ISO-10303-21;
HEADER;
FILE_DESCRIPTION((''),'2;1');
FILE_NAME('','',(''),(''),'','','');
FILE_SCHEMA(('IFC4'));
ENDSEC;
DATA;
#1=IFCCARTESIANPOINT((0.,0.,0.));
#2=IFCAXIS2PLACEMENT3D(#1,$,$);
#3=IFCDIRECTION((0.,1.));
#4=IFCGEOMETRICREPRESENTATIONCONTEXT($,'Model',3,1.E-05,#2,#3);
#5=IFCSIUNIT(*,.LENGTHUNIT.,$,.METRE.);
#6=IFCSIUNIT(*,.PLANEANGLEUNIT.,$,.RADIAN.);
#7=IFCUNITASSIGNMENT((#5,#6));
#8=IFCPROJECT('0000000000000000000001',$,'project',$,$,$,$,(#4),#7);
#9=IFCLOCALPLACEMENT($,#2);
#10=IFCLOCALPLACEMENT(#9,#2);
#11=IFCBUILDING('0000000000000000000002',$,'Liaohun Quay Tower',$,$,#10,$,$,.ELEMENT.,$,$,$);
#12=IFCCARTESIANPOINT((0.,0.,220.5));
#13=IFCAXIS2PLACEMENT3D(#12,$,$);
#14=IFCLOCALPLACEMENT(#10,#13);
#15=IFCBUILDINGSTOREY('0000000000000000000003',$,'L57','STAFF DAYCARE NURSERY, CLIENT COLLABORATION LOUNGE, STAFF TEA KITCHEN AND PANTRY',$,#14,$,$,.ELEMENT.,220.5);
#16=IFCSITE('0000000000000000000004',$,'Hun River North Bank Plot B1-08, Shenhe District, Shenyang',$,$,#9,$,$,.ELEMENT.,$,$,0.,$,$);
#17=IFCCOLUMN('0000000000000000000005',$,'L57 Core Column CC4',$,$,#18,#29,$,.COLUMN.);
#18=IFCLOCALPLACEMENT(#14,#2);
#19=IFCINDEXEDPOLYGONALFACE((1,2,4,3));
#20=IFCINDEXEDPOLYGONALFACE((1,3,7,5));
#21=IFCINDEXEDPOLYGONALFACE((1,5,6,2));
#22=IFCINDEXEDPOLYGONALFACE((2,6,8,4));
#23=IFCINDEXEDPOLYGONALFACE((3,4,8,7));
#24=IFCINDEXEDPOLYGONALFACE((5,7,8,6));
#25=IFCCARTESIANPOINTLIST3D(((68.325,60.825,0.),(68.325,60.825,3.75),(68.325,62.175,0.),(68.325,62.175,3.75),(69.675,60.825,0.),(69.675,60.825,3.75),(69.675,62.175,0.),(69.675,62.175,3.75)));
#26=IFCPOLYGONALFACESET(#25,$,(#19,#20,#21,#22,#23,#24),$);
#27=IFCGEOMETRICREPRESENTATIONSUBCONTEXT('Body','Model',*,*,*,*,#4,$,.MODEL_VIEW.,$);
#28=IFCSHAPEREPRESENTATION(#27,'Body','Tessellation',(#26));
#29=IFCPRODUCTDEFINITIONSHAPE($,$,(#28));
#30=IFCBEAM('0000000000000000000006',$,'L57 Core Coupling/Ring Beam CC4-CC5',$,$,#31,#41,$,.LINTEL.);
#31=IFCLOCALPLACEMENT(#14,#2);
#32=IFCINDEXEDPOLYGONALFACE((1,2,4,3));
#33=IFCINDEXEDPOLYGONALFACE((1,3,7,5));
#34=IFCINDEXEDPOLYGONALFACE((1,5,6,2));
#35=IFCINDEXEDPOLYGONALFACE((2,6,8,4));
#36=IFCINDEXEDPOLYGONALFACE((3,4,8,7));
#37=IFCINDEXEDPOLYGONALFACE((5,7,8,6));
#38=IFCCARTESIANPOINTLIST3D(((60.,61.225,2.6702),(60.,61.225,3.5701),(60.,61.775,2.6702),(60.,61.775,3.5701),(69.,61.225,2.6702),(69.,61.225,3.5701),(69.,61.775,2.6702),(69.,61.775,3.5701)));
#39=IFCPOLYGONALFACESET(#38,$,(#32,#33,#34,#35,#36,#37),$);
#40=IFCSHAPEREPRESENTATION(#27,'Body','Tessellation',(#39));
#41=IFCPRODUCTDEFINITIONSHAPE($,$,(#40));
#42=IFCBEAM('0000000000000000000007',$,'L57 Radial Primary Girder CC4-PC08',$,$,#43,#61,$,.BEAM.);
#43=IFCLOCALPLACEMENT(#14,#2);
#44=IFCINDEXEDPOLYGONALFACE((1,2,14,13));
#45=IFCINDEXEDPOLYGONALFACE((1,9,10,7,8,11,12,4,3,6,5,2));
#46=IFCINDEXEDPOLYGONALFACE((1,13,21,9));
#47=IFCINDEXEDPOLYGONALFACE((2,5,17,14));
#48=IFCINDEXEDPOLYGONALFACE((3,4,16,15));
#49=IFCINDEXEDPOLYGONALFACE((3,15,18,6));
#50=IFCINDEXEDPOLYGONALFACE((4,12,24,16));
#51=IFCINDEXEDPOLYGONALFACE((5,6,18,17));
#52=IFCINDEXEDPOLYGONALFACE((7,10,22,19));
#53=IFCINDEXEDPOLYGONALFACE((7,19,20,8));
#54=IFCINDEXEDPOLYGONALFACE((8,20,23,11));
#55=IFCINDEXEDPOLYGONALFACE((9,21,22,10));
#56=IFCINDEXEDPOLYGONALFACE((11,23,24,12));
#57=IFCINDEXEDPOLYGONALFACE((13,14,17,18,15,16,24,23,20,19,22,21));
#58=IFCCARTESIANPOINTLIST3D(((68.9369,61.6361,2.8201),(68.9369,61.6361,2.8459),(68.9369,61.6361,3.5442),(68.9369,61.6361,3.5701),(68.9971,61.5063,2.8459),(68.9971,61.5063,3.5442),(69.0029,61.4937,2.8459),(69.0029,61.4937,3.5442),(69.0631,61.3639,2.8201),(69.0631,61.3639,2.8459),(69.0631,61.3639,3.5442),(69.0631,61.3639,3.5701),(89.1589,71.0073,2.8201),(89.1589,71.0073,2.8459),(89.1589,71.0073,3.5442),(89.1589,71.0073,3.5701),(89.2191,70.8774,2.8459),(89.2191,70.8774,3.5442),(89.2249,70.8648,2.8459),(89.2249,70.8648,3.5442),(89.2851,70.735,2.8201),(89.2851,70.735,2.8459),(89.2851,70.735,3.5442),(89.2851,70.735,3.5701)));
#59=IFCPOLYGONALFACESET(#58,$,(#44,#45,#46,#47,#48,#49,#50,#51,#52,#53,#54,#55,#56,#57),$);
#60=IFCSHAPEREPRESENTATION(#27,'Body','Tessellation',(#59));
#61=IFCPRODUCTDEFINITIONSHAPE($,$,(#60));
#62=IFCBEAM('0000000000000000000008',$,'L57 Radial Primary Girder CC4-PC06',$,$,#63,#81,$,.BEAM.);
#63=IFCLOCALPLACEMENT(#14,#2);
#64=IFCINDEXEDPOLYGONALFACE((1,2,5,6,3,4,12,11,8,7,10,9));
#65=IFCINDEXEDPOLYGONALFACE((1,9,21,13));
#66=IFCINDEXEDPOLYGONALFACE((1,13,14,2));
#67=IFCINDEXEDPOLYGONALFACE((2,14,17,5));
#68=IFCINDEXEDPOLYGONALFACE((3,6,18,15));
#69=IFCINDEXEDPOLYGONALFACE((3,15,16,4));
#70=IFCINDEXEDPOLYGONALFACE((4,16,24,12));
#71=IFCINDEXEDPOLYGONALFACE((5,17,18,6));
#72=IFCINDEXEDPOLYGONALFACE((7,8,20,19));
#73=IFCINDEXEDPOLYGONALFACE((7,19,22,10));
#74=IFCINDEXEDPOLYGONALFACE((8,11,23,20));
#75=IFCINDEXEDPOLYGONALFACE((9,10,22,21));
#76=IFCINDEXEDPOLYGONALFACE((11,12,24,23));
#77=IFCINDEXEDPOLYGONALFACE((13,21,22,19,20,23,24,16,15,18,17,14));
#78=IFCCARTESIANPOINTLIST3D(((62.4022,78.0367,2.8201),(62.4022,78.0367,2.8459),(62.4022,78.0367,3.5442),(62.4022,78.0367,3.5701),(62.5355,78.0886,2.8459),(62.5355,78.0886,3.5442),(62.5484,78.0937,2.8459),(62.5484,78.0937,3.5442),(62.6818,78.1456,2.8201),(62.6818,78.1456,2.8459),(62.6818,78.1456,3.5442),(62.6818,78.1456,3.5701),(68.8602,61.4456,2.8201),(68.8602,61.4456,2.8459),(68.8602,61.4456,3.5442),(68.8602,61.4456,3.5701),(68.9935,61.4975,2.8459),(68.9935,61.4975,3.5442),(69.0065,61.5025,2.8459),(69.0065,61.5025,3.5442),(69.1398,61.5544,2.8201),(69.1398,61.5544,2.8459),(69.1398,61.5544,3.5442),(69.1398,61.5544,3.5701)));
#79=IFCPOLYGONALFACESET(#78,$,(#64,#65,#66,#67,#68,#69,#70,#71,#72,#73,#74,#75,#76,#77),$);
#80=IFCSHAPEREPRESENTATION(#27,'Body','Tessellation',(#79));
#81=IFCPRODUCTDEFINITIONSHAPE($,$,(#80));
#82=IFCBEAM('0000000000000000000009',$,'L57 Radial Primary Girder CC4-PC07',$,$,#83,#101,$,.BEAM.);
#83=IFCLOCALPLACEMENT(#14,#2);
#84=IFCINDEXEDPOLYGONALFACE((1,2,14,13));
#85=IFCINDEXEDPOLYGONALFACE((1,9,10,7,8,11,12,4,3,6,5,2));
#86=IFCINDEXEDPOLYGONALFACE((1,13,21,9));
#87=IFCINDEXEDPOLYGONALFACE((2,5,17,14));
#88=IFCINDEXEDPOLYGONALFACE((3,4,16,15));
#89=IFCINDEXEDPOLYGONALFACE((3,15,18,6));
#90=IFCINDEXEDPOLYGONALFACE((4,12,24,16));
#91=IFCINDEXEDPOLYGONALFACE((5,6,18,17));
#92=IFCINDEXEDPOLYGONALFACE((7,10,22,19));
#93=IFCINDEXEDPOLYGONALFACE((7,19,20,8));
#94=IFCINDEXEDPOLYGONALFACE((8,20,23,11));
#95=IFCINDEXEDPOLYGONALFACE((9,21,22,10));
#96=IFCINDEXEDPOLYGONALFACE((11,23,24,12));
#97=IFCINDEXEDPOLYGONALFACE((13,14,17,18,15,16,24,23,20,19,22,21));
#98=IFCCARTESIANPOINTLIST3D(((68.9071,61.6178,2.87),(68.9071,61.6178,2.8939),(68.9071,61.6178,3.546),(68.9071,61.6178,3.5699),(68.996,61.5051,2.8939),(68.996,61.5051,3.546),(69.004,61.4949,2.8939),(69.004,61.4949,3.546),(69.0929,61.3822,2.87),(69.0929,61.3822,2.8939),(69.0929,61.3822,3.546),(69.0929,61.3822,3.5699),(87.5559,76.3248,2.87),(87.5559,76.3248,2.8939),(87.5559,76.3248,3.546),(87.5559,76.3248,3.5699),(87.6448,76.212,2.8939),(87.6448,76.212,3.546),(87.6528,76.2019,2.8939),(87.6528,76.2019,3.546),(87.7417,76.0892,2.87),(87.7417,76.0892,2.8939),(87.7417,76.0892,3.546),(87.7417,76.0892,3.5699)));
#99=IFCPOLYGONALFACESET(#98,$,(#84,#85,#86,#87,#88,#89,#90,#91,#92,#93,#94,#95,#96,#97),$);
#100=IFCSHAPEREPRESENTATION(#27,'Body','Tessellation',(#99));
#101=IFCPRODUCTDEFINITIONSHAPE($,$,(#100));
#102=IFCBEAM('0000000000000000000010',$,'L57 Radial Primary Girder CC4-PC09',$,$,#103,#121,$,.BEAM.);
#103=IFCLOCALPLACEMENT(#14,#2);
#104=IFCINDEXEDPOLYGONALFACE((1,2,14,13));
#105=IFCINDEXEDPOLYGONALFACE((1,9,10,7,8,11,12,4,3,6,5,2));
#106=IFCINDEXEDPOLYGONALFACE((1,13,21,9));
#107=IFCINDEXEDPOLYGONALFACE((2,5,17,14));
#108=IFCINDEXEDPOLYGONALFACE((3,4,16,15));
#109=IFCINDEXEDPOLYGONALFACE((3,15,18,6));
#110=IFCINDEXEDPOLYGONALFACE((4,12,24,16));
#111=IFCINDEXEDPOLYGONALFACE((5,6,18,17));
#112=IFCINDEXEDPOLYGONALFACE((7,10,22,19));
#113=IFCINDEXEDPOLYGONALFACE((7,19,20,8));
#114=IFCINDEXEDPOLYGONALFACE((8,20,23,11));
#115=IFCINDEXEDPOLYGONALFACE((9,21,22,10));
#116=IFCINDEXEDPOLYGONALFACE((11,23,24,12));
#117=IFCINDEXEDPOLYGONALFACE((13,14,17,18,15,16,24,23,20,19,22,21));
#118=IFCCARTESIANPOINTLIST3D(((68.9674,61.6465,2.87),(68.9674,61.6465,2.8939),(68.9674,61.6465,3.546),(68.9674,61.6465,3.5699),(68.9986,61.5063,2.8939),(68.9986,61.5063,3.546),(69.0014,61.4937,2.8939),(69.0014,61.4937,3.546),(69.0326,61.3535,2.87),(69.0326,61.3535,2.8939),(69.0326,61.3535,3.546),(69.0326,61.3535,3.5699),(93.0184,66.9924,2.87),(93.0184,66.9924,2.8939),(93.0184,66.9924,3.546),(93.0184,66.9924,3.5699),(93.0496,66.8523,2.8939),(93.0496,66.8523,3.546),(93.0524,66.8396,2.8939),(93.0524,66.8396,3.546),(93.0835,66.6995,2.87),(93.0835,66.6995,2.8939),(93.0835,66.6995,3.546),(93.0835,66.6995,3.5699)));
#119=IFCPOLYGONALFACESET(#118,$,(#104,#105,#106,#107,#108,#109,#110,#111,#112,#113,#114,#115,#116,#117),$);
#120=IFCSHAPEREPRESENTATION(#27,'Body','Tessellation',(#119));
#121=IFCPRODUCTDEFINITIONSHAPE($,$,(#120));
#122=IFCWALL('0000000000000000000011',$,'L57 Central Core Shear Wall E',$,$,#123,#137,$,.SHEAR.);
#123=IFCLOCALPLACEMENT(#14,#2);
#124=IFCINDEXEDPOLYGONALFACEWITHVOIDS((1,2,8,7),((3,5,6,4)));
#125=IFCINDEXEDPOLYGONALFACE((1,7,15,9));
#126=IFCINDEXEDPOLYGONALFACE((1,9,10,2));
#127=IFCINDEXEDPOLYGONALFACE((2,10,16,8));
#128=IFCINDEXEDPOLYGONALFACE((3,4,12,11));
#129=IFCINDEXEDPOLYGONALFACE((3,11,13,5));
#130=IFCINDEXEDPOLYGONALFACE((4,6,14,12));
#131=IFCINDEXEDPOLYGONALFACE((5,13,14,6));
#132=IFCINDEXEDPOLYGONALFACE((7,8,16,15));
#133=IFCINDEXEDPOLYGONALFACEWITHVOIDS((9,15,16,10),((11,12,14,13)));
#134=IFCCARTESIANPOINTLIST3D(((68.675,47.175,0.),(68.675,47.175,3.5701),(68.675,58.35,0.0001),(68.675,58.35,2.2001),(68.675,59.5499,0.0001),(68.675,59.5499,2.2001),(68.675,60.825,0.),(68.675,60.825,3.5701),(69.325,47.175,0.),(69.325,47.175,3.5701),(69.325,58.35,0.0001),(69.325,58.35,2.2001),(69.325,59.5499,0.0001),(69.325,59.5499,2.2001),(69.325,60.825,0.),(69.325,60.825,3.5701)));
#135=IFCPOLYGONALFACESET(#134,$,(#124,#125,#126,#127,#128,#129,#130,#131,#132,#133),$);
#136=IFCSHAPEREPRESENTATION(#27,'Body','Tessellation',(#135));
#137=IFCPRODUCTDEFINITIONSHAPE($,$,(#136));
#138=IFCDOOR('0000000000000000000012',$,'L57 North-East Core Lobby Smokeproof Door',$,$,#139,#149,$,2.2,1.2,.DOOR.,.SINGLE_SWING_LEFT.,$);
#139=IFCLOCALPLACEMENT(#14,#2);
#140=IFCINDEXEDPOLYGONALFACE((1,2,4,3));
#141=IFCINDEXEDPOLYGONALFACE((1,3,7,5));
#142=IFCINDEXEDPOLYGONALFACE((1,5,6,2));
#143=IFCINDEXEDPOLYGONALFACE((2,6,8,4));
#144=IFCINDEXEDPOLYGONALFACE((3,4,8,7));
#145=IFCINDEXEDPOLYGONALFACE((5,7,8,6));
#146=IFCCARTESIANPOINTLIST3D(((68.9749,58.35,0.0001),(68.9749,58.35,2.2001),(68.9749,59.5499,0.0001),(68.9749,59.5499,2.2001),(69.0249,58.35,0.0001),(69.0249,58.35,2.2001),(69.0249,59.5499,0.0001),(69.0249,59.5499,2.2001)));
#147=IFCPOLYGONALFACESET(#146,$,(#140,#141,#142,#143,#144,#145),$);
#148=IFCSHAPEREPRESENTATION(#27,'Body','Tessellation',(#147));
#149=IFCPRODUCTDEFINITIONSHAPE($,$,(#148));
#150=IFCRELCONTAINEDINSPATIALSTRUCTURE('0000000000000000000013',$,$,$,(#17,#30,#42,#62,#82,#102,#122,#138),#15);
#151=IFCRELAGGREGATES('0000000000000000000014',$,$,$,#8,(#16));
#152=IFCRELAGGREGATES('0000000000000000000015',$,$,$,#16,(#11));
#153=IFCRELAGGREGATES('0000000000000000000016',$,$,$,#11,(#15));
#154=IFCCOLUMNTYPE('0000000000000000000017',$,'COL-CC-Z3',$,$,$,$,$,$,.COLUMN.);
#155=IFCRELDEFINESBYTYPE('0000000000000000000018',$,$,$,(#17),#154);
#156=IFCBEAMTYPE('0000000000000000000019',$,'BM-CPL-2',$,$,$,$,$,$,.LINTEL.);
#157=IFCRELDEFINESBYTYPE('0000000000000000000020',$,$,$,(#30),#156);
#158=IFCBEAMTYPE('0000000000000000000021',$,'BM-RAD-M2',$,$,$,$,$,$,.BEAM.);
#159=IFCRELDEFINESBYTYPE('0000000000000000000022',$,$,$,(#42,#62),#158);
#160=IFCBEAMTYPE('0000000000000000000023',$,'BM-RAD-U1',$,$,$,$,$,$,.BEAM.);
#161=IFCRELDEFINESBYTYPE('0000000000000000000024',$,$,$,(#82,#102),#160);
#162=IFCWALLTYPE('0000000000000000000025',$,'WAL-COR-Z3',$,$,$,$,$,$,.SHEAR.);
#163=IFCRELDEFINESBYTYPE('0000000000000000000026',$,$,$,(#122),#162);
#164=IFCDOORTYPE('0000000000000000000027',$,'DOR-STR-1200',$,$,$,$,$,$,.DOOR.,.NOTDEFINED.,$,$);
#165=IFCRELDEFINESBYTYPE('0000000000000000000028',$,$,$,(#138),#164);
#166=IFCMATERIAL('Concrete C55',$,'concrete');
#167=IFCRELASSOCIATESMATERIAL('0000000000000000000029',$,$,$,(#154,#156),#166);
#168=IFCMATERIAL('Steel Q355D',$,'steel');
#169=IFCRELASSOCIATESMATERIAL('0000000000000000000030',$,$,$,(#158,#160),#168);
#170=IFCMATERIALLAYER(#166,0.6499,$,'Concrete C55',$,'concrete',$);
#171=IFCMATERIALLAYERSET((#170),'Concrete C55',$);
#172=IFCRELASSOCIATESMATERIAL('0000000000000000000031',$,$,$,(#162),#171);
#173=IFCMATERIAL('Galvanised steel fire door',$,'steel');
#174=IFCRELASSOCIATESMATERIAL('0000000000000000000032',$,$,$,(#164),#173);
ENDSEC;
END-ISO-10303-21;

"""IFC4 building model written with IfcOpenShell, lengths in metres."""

from ifc_helpers import new_model, si_unit, direction, frame, frame_2d, origin, origin_2d, place, context, subcontext, project, spatial, rectangle, i_section, extrude, source, transform, mapped, material, layer, layer_set, material_profile, profile_set, type_object, element, fill, save


model = new_model("IFC4")

# Units and contexts
model_context = context("Model", 3, precision=1e-05, world=origin(), true_north=direction((0.0, 1.0)))
body_context = subcontext(model_context, "Body", "Model", "MODEL_VIEW")
ifc_project = project(units=[si_unit("LENGTHUNIT", "METRE"), si_unit("PLANEANGLEUNIT", "RADIAN")], contexts=[model_context])

# Site, building, storey
site_placement = place(None, origin())
site = spatial("IfcSite", under=ifc_project, at=site_placement, Name="Hun River North Bank Plot B1-08, Shenhe District, Shenyang", CompositionType="ELEMENT", RefElevation=0.0)
building_placement = place(site_placement, origin())
building = spatial("IfcBuilding", under=site, at=building_placement, Name="Liaohun Quay Tower", CompositionType="ELEMENT")
storey_placement = place(building_placement, frame((0.0, 0.0, 220.5)))
storey = spatial("IfcBuildingStorey", under=building, at=storey_placement, Name="L57", Description="STAFF DAYCARE NURSERY, CLIENT COLLABORATION LOUNGE, STAFF TEA KITCHEN AND PANTRY", CompositionType="ELEMENT", Elevation=220.5)

# Column
ifc_material_1 = material(Name="Concrete C55", Category="concrete")
ifc_material_profile_1 = material_profile(ifc_material_1, rectangle(XDim=1.3501, YDim=1.3501, at=origin_2d()), Name="RC1350x1350")
ifc_profile_set_1 = profile_set([ifc_material_profile_1], Name="Concrete C55")
column_type = type_object("IfcColumnType", Name="COL-CC-Z3", PredefinedType="COLUMN", material=ifc_profile_set_1)
shared_shape_1 = source(origin(), body_context, "Body", "SweptSolid", [
    extrude(rectangle(XDim=1.3501, YDim=1.3501, at=origin_2d()), origin(), (0.0, 0.0, 1.0), 3.75),
])
column_placement = place(storey_placement, frame((69.0, 61.5, 0.0), z_axis=(0.0, 0.0, 1.0), x_axis=(1.0, 0.0, 0.0)))
element("IfcColumn", 1, at=column_placement, inside=storey, type_object=column_type, Name="L57 Core Column CC4", PredefinedType="COLUMN", context=body_context, shape_type="MappedRepresentation", body=[
    mapped(shared_shape_1, transform((0.0, 0.0, 0.0), x_axis=(1.0, 0.0, 0.0), y_axis=(0.0, 1.0, 0.0), z_axis=(0.0, 0.0, 1.0), scale=1.0)),
])

# Beams
ifc_material_profile_2 = material_profile(ifc_material_1, rectangle(XDim=0.55, YDim=0.8999, at=origin_2d()), Name="RC550x900")
ifc_profile_set_2 = profile_set([ifc_material_profile_2], Name="Concrete C55")
beam_type_1 = type_object("IfcBeamType", Name="BM-CPL-2", PredefinedType="LINTEL", material=ifc_profile_set_2)
shared_shape_2 = source(origin(), body_context, "Body", "SweptSolid", [
    extrude(rectangle(XDim=0.55, YDim=0.8999, at=origin_2d()), origin(), (0.0, 0.0, 1.0), 9.0),
])
beam_1_placement = place(storey_placement, frame((69.0, 61.5, 3.1201), z_axis=(-1.0, 0.0, 0.0), x_axis=(0.0, -1.0, 0.0)))
element("IfcBeam", 2, at=beam_1_placement, inside=storey, type_object=beam_type_1, Name="L57 Core Coupling/Ring Beam CC4-CC5", PredefinedType="LINTEL", context=body_context, shape_type="MappedRepresentation", body=[
    mapped(shared_shape_2, transform((0.0, 0.0, 0.0), x_axis=(1.0, 0.0, 0.0), y_axis=(0.0, 1.0, 0.0), z_axis=(0.0, 0.0, 1.0), scale=1.0)),
])
ifc_material_2 = material(Name="Steel Q355D", Category="steel")
ifc_material_profile_3 = material_profile(ifc_material_2, i_section(OverallWidth=0.3, OverallDepth=0.75, WebThickness=0.0139, FlangeThickness=0.0259, at=origin_2d()), Name="HN750x300x14x26")
ifc_profile_set_3 = profile_set([ifc_material_profile_3], Name="Steel Q355D")
beam_type_2 = type_object("IfcBeamType", Name="BM-RAD-M2", PredefinedType="BEAM", material=ifc_profile_set_3)
shared_shape_3 = source(origin(), body_context, "Body", "SweptSolid", [
    extrude(i_section(OverallWidth=0.3, OverallDepth=0.75, WebThickness=0.0139, FlangeThickness=0.0259, at=origin_2d()), origin(), (0.0, 0.0, 1.0), 22.2878),
])
beam_2_placement = place(storey_placement, frame((69.0, 61.5, 3.1951), z_axis=(0.907311, 0.420459, 0.0), x_axis=(-0.420459, 0.907311, 0.0)))
element("IfcBeam", 3, at=beam_2_placement, inside=storey, type_object=beam_type_2, Name="L57 Radial Primary Girder CC4-PC08", PredefinedType="BEAM", context=body_context, shape_type="MappedRepresentation", body=[
    mapped(shared_shape_3, transform((0.0, 0.0, 0.0), x_axis=(1.0, 0.0, 0.0), y_axis=(0.0, 1.0, 0.0), z_axis=(0.0, 0.0, 1.0), scale=1.0)),
])
shared_shape_4 = source(origin(), body_context, "Body", "SweptSolid", [
    extrude(i_section(OverallWidth=0.3, OverallDepth=0.75, WebThickness=0.0139, FlangeThickness=0.0259, at=origin_2d()), origin(), (0.0, 0.0, 1.0), 17.8037),
])
beam_3_placement = place(storey_placement, frame((69.0, 61.5, 3.1951), z_axis=(-0.362735, 0.931892, 0.0), x_axis=(-0.931892, -0.362735, 0.0)))
element("IfcBeam", 4, at=beam_3_placement, inside=storey, type_object=beam_type_2, Name="L57 Radial Primary Girder CC4-PC06", PredefinedType="BEAM", context=body_context, shape_type="MappedRepresentation", body=[
    mapped(shared_shape_4, transform((0.0, 0.0, 0.0), x_axis=(1.0, 0.0, 0.0), y_axis=(0.0, 1.0, 0.0), z_axis=(0.0, 0.0, 1.0), scale=1.0)),
])
ifc_material_profile_4 = material_profile(ifc_material_2, i_section(OverallWidth=0.3, OverallDepth=0.7, WebThickness=0.0129, FlangeThickness=0.0239, at=origin_2d()), Name="HN700x300x13x24")
ifc_profile_set_4 = profile_set([ifc_material_profile_4], Name="Steel Q355D")
beam_type_3 = type_object("IfcBeamType", Name="BM-RAD-U1", PredefinedType="BEAM", material=ifc_profile_set_4)
shared_shape_5 = source(origin(), body_context, "Body", "SweptSolid", [
    extrude(i_section(OverallWidth=0.3, OverallDepth=0.7, WebThickness=0.0129, FlangeThickness=0.0239, at=origin_2d()), origin(), (0.0, 0.0, 1.0), 23.7502),
])
beam_4_placement = place(storey_placement, frame((69.0, 61.5, 3.22), z_axis=(0.785206, 0.619234, 0.0), x_axis=(-0.619234, 0.785206, 0.0)))
element("IfcBeam", 5, at=beam_4_placement, inside=storey, type_object=beam_type_3, Name="L57 Radial Primary Girder CC4-PC07", PredefinedType="BEAM", context=body_context, shape_type="MappedRepresentation", body=[
    mapped(shared_shape_5, transform((0.0, 0.0, 0.0), x_axis=(1.0, 0.0, 0.0), y_axis=(0.0, 1.0, 0.0), z_axis=(0.0, 0.0, 1.0), scale=1.0)),
])
shared_shape_6 = source(origin(), body_context, "Body", "SweptSolid", [
    extrude(i_section(OverallWidth=0.3, OverallDepth=0.7, WebThickness=0.0129, FlangeThickness=0.0239, at=origin_2d()), origin(), (0.0, 0.0, 1.0), 24.6379),
])
beam_5_placement = place(storey_placement, frame((69.0, 61.5, 3.22), z_axis=(0.976176, 0.21698, 0.0), x_axis=(-0.21698, 0.976176, 0.0)))
element("IfcBeam", 6, at=beam_5_placement, inside=storey, type_object=beam_type_3, Name="L57 Radial Primary Girder CC4-PC09", PredefinedType="BEAM", context=body_context, shape_type="MappedRepresentation", body=[
    mapped(shared_shape_6, transform((0.0, 0.0, 0.0), x_axis=(1.0, 0.0, 0.0), y_axis=(0.0, 1.0, 0.0), z_axis=(0.0, 0.0, 1.0), scale=1.0)),
])

# Wall, opening, door
ifc_layer_1 = layer(ifc_material_1, 0.6499, Name="Concrete C55", Category="concrete")
ifc_layer_set_1 = layer_set([ifc_layer_1], Name="Concrete C55")
wall_type_1 = type_object("IfcWallType", Name="WAL-COR-Z3", PredefinedType="SHEAR", material=ifc_layer_set_1)
wall_1_placement = place(storey_placement, frame((69.0, 60.825, 0.0), z_axis=(0.0, 0.0, 1.0), x_axis=(0.0, -1.0, 0.0)))
wall_1 = element("IfcWall", 7, at=wall_1_placement, inside=storey, type_object=wall_type_1, Name="L57 Central Core Shear Wall E", PredefinedType="SHEAR", context=body_context, shape_type="SweptSolid", body=[
    extrude(rectangle(XDim=13.6499, YDim=0.6499, at=frame_2d((6.825, 0.0))), origin(), (0.0, 0.0, 1.0), 3.5701),
])
shared_shape_7 = source(origin(), body_context, "Body", "SweptSolid", [
    extrude(rectangle(XDim=1.2, YDim=2.2, at=frame_2d((0.6001, 1.1001))), frame((0.0, 0.335, 0.0), z_axis=(0.0, -1.0, 0.0), x_axis=(1.0, 0.0, 0.0)), (0.0, 0.0, 1.0), 0.6699),
])
opening_1_placement = place(wall_1_placement, frame((1.2749, 0.0, 0.0)))
opening_1 = element("IfcOpeningElement", 8, at=opening_1_placement, cuts=wall_1, PredefinedType="OPENING", context=body_context, shape_type="MappedRepresentation", body=[
    mapped(shared_shape_7, transform((0.0, 0.0, 0.0), x_axis=(1.0, 0.0, 0.0), y_axis=(0.0, 1.0, 0.0), z_axis=(0.0, 0.0, 1.0), scale=1.0)),
])
ifc_material_3 = material(Name="Galvanised steel fire door", Category="steel")
door_type_1 = type_object("IfcDoorType", Name="DOR-STR-1200", OperationType="NOTDEFINED", PredefinedType="DOOR", material=ifc_material_3)
shared_shape_8 = source(origin(), body_context, "Body", "SweptSolid", [
    extrude(rectangle(XDim=1.2, YDim=2.2, at=frame_2d((0.6001, 1.1001))), frame((0.0, 0.0249, 0.0), z_axis=(0.0, -1.0, 0.0), x_axis=(1.0, 0.0, 0.0)), (0.0, 0.0, 1.0), 0.05),
])
door_1_placement = place(opening_1_placement, origin())
door_1 = element("IfcDoor", 9, at=door_1_placement, inside=storey, type_object=door_type_1, Name="L57 North-East Core Lobby Smokeproof Door", OperationType="SINGLE_SWING_LEFT", OverallHeight=2.2, OverallWidth=1.2, PredefinedType="DOOR", context=body_context, shape_type="MappedRepresentation", body=[
    mapped(shared_shape_8, transform((0.0, 0.0, 0.0), x_axis=(1.0, 0.0, 0.0), y_axis=(0.0, 1.0, 0.0), z_axis=(0.0, 0.0, 1.0), scale=1.0)),
])
fill(opening_1, door_1)

save(model, "model.ifc")
